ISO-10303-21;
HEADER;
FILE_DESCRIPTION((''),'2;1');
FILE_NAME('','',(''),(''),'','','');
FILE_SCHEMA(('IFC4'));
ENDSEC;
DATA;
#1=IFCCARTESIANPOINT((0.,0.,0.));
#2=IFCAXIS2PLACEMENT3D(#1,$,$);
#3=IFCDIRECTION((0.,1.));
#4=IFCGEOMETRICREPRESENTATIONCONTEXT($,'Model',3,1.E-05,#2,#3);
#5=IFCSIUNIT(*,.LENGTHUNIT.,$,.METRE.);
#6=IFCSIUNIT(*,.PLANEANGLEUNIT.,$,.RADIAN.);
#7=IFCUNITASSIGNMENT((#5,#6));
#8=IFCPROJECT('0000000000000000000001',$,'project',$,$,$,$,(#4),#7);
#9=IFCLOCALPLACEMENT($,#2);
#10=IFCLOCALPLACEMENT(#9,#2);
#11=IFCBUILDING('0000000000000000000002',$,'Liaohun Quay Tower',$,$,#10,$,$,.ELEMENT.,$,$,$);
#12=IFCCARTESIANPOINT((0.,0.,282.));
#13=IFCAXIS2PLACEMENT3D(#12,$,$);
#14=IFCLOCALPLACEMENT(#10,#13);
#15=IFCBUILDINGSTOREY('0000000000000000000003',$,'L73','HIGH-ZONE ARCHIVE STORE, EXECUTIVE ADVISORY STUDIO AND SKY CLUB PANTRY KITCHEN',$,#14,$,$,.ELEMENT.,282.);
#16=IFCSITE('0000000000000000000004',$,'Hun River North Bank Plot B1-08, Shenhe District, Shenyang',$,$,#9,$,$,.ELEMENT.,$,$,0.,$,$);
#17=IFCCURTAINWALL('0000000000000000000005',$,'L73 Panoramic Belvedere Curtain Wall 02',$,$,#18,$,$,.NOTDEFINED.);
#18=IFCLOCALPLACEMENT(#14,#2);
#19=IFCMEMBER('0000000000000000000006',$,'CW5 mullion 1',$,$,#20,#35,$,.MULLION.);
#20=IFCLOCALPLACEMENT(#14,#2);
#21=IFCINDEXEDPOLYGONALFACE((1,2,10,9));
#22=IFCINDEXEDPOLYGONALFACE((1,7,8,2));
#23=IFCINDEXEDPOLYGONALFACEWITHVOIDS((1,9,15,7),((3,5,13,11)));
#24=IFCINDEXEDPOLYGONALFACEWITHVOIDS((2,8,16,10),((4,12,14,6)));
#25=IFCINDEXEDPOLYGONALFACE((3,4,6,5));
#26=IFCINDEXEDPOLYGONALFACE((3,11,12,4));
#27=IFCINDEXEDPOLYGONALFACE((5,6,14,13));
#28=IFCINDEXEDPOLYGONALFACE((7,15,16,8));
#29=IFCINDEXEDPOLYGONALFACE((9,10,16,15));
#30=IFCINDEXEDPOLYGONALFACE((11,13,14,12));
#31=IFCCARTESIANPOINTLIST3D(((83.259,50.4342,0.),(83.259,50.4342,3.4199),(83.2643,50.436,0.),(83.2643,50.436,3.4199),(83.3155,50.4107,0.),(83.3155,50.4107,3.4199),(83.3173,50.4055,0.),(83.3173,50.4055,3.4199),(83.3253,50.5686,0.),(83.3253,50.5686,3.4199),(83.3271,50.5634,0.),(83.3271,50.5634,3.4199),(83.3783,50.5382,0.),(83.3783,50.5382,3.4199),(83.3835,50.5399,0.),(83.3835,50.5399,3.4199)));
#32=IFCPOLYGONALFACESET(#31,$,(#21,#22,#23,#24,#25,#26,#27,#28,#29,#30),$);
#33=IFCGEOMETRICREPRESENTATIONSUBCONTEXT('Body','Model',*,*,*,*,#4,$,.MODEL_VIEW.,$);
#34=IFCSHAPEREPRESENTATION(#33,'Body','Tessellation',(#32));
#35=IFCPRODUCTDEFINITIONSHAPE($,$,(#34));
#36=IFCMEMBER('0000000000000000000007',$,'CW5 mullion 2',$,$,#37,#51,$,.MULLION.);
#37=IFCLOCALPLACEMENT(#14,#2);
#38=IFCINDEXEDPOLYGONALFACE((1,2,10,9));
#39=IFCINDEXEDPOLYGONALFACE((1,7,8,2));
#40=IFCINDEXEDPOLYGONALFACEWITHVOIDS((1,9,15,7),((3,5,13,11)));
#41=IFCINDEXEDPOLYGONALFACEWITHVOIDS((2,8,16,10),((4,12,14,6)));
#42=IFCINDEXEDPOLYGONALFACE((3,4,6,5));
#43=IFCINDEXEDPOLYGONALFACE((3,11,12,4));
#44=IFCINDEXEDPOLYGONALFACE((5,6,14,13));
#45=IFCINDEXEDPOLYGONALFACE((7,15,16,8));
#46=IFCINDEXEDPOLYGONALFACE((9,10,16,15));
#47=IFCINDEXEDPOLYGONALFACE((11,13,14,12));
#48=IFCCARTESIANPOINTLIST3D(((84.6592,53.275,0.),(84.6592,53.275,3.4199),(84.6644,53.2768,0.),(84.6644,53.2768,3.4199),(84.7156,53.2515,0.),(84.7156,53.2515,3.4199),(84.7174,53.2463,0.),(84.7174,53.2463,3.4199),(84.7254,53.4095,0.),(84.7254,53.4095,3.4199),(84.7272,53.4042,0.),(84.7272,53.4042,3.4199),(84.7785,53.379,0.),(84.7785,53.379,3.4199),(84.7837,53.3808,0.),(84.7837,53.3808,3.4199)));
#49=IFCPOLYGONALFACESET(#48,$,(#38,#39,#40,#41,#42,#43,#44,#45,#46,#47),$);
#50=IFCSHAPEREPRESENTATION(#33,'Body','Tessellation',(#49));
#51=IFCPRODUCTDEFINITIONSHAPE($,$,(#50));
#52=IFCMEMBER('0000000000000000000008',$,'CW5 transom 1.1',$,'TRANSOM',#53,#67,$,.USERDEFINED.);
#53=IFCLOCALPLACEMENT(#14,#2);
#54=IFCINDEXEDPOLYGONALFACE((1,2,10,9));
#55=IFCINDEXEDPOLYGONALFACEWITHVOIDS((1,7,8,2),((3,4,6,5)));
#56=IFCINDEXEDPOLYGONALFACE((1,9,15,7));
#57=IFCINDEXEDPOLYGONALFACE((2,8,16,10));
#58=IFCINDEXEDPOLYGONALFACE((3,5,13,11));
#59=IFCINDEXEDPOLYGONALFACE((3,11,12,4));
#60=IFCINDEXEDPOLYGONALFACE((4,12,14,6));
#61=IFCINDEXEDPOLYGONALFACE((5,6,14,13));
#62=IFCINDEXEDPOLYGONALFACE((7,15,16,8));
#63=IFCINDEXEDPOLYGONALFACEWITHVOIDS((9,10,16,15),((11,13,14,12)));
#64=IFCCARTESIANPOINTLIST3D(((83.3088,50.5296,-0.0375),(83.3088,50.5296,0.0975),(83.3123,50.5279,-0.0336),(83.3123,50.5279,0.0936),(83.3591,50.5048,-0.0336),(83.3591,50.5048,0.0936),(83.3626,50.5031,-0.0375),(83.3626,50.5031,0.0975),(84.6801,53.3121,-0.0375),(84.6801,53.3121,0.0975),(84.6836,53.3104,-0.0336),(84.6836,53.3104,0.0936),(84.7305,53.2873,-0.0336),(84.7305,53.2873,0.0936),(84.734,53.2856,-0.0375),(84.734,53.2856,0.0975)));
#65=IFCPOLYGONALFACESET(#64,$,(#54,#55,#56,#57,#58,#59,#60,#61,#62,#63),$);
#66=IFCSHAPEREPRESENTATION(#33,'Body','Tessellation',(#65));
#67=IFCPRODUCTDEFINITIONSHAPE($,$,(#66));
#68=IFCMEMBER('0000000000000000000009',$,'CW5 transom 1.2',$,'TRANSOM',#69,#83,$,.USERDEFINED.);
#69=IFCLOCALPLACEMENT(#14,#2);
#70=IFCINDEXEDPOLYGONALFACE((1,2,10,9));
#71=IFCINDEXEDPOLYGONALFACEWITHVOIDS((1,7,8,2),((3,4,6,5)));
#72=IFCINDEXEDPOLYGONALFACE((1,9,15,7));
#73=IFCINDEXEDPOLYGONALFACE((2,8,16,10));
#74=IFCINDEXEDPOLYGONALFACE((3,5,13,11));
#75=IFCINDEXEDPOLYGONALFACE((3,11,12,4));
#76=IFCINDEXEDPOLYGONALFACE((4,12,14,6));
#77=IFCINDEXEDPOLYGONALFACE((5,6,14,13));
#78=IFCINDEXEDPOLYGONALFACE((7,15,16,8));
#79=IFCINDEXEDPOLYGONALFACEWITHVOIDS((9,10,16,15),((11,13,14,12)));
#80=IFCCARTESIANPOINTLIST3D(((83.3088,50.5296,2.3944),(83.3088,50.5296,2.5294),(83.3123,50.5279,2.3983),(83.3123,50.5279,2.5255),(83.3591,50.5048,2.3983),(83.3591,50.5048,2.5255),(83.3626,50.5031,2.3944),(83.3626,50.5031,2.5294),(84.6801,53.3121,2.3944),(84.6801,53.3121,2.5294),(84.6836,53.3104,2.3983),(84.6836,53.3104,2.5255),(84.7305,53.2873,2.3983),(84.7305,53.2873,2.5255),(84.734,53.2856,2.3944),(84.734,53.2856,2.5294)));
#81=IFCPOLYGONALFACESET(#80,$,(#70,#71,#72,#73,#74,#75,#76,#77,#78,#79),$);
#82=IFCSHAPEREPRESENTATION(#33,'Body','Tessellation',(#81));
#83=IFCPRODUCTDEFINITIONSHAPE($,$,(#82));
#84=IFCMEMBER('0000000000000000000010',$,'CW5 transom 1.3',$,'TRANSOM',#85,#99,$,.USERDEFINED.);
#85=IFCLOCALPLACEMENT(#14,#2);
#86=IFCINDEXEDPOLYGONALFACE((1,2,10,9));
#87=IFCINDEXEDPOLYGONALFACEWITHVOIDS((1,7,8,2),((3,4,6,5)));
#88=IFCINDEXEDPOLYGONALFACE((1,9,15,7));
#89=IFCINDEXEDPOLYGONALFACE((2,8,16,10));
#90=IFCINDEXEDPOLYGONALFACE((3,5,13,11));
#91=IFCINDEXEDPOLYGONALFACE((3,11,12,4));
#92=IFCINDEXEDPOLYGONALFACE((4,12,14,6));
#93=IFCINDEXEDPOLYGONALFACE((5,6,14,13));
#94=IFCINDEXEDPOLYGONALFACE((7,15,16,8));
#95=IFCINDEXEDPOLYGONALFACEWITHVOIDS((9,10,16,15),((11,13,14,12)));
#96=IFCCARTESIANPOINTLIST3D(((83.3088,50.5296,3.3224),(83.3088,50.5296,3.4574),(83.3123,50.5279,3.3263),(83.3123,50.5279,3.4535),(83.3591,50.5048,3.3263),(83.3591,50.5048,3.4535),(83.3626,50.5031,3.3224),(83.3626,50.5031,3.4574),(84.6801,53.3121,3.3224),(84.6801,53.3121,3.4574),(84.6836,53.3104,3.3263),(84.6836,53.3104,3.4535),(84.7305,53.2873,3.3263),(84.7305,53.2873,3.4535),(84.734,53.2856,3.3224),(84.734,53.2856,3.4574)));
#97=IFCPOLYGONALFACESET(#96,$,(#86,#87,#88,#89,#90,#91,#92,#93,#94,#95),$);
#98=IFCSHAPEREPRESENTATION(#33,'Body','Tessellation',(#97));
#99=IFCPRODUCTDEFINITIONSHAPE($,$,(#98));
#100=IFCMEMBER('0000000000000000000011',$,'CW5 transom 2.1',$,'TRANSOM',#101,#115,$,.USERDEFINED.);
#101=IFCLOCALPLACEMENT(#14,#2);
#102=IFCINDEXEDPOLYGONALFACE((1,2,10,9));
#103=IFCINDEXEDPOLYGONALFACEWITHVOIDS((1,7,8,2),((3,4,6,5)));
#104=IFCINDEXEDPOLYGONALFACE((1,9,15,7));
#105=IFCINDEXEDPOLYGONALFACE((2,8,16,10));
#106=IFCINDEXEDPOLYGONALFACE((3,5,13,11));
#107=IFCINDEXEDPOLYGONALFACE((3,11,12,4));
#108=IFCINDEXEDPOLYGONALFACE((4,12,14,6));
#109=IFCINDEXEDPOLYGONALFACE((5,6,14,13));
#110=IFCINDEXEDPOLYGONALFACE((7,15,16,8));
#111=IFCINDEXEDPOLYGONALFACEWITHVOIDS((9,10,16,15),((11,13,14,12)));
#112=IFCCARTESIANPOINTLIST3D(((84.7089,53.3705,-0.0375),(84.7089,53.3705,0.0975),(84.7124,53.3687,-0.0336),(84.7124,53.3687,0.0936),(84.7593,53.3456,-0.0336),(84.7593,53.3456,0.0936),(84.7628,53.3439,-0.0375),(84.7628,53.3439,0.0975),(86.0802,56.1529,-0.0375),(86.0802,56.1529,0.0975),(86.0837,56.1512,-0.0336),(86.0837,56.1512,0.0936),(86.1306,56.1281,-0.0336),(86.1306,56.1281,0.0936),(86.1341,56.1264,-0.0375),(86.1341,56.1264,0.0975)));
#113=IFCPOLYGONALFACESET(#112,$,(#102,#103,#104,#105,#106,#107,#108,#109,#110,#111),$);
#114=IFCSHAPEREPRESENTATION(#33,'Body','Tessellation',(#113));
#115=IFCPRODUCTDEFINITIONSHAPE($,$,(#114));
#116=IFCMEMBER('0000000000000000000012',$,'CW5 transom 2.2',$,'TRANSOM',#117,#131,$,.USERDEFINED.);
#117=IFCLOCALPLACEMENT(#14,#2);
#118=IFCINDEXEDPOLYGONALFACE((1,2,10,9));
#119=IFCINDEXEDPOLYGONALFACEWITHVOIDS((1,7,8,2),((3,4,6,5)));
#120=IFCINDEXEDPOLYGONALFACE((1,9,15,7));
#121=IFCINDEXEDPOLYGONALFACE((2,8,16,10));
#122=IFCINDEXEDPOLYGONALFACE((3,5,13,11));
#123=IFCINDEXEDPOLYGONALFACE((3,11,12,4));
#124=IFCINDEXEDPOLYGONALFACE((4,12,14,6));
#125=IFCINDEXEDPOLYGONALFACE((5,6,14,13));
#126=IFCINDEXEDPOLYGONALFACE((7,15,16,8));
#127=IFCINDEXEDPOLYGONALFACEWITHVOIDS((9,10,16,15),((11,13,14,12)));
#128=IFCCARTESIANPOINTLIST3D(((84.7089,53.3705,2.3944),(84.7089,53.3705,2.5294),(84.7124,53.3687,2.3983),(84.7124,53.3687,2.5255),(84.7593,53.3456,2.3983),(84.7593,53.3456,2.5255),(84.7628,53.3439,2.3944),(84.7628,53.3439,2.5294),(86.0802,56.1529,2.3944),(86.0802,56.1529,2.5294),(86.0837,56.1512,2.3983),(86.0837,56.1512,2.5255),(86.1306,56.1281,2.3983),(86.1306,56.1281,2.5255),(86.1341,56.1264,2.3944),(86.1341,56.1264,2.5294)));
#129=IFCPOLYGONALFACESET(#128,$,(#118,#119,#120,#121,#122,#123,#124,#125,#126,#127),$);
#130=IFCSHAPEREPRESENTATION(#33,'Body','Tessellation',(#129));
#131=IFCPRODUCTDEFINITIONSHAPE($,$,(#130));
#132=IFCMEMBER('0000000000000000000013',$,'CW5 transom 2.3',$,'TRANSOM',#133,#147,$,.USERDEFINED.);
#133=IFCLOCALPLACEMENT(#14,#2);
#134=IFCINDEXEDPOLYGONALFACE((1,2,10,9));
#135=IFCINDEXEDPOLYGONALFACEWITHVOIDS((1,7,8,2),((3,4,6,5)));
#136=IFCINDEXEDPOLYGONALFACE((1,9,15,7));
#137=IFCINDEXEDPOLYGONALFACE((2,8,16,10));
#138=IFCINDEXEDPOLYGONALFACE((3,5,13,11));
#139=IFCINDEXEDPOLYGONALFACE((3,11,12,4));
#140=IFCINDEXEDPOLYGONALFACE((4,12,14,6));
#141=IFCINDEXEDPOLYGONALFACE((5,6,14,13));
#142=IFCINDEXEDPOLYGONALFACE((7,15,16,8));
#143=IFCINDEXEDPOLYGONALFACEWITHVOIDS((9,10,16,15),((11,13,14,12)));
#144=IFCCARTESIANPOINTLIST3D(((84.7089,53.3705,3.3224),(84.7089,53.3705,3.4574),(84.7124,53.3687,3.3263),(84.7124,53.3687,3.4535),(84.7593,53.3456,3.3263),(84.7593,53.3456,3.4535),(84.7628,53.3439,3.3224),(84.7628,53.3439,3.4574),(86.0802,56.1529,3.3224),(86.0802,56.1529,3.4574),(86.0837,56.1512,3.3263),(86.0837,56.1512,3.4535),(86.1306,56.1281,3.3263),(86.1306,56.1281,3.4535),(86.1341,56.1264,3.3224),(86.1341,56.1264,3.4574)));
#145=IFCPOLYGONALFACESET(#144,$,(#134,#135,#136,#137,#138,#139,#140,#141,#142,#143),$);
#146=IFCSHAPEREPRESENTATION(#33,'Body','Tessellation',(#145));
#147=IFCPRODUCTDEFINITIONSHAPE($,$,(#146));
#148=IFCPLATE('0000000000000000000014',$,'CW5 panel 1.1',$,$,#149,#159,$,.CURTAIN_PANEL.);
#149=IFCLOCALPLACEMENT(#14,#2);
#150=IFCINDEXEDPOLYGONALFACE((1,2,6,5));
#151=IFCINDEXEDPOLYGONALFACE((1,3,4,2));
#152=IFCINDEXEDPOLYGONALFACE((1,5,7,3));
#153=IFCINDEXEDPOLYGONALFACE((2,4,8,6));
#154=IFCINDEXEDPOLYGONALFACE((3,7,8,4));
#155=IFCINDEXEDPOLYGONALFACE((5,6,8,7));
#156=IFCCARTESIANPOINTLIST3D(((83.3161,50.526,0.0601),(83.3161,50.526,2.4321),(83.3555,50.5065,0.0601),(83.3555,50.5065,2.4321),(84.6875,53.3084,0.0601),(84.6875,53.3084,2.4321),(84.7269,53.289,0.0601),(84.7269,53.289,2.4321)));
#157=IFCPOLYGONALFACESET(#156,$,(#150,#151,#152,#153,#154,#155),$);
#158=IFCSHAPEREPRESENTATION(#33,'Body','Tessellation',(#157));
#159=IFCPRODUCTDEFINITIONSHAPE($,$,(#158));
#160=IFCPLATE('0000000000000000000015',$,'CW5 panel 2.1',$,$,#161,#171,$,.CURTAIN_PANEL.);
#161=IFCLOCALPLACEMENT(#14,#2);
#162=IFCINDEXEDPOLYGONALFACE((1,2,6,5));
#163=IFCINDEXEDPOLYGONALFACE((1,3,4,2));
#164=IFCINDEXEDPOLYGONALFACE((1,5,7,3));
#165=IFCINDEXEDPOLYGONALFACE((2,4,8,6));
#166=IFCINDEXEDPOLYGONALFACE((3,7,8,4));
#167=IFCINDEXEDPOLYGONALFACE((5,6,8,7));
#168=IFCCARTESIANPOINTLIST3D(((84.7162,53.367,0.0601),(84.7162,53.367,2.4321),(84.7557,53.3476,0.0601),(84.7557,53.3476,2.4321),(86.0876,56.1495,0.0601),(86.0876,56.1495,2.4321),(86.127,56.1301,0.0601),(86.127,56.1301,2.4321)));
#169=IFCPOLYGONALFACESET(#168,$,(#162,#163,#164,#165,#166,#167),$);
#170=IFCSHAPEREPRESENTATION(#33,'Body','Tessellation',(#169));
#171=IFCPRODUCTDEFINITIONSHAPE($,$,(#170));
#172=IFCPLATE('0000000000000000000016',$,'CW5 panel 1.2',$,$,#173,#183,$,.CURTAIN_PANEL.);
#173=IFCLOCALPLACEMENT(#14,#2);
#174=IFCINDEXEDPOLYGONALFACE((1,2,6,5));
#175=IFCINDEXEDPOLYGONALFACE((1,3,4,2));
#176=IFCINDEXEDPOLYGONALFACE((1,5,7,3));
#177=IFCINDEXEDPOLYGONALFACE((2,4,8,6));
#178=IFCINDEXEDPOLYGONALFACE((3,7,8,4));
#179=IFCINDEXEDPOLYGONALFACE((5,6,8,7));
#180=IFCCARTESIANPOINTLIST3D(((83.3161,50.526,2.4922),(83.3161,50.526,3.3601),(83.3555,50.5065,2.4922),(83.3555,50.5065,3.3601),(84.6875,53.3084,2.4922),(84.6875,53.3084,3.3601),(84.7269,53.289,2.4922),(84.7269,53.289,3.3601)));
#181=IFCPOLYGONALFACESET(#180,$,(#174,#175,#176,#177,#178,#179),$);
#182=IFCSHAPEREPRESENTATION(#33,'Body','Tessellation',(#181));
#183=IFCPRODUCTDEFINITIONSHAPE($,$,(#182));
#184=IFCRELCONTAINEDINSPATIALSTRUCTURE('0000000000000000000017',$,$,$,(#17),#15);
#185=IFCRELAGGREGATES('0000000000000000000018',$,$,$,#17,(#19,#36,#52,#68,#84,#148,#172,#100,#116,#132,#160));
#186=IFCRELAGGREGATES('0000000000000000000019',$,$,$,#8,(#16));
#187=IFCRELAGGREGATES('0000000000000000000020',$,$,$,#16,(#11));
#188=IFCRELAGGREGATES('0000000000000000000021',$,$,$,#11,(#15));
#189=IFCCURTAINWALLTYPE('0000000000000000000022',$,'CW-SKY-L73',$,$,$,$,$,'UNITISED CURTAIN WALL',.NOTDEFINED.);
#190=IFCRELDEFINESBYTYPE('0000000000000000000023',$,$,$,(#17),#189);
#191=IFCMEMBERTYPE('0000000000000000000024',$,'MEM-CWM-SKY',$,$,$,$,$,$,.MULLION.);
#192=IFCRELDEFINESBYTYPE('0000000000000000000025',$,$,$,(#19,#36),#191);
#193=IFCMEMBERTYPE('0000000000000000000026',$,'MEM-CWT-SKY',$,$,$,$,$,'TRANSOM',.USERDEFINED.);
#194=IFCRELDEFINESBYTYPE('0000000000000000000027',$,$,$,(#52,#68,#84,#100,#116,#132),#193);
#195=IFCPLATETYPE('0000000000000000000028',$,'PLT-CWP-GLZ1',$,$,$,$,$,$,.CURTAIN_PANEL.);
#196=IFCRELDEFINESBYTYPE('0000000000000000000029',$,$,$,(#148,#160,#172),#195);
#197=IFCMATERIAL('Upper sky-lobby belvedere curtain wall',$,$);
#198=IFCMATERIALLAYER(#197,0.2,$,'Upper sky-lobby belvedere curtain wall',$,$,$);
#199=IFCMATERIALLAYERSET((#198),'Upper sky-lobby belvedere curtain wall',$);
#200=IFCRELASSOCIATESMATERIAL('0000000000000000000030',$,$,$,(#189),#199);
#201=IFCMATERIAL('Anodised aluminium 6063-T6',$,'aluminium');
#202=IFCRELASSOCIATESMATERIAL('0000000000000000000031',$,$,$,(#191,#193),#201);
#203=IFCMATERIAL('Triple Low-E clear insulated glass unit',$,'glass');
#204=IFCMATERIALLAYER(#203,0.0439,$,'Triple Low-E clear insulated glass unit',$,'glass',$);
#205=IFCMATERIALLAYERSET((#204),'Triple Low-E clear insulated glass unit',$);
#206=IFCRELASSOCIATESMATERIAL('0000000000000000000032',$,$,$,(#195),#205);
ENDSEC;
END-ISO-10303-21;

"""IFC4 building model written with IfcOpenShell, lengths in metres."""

from ifc_helpers import new_model, si_unit, direction, frame, origin, origin_2d, place, context, subcontext, project, spatial, rectangle, hollow_rectangle, extrude, source, transform, mapped, material, layer, layer_set, material_profile, profile_set, type_object, element, aggregate, save


model = new_model("IFC4")

# Units and contexts
model_context = context("Model", 3, precision=1e-05, world=origin(), true_north=direction((0.0, 1.0)))
body_context = subcontext(model_context, "Body", "Model", "MODEL_VIEW")
ifc_project = project(units=[si_unit("LENGTHUNIT", "METRE"), si_unit("PLANEANGLEUNIT", "RADIAN")], contexts=[model_context])

# Site, building, storey
site_placement = place(None, origin())
site = spatial("IfcSite", under=ifc_project, at=site_placement, Name="Hun River North Bank Plot B1-08, Shenhe District, Shenyang", CompositionType="ELEMENT", RefElevation=0.0)
building_placement = place(site_placement, origin())
building = spatial("IfcBuilding", under=site, at=building_placement, Name="Liaohun Quay Tower", CompositionType="ELEMENT")
storey_placement = place(building_placement, frame((0.0, 0.0, 282.0)))
storey = spatial("IfcBuildingStorey", under=building, at=storey_placement, Name="L73", Description="HIGH-ZONE ARCHIVE STORE, EXECUTIVE ADVISORY STUDIO AND SKY CLUB PANTRY KITCHEN", CompositionType="ELEMENT", Elevation=282.0)

# Curtain wall, members, plates
ifc_material_1 = material(Name="Upper sky-lobby belvedere curtain wall")
ifc_layer_1 = layer(ifc_material_1, 0.2, Name="Upper sky-lobby belvedere curtain wall")
ifc_layer_set_1 = layer_set([ifc_layer_1], Name="Upper sky-lobby belvedere curtain wall")
curtain_wall_type = type_object("IfcCurtainWallType", Name="CW-SKY-L73", ElementType="UNITISED CURTAIN WALL", PredefinedType="NOTDEFINED", material=ifc_layer_set_1)
curtain_wall_placement = place(storey_placement, origin())
curtain_wall = element("IfcCurtainWall", 1, at=curtain_wall_placement, inside=storey, type_object=curtain_wall_type, Name="L73 Panoramic Belvedere Curtain Wall 02", PredefinedType="NOTDEFINED")
ifc_material_2 = material(Name="Anodised aluminium 6063-T6", Category="aluminium")
ifc_material_profile_1 = material_profile(ifc_material_2, hollow_rectangle(XDim=0.0649, YDim=0.1499, WallThickness=0.0039, at=origin_2d()), Name="RHS150x65x4")
ifc_profile_set_1 = profile_set([ifc_material_profile_1], Name="Anodised aluminium 6063-T6")
member_type_1 = type_object("IfcMemberType", Name="MEM-CWM-SKY", PredefinedType="MULLION", material=ifc_profile_set_1)
shared_shape_1 = source(origin(), body_context, "Body", "SweptSolid", [
    extrude(hollow_rectangle(XDim=0.0649, YDim=0.1499, WallThickness=0.0039, at=origin_2d()), origin(), (0.0, 0.0, 1.0), 3.4199),
])
member_1_placement = place(storey_placement, frame((83.3213, 50.4871, 0.0), z_axis=(0.0, 0.0, 1.0), x_axis=(-0.896975, 0.442081, 0.0)))
member_1 = element("IfcMember", 2, at=member_1_placement, type_object=member_type_1, Name="CW5 mullion 1", PredefinedType="MULLION", context=body_context, shape_type="MappedRepresentation", body=[
    mapped(shared_shape_1, transform((0.0, 0.0, 0.0), x_axis=(1.0, 0.0, 0.0), y_axis=(0.0, 1.0, 0.0), z_axis=(0.0, 0.0, 1.0), scale=1.0)),
])
member_2_placement = place(storey_placement, frame((84.7214, 53.3279, 0.0), z_axis=(0.0, 0.0, 1.0), x_axis=(-0.896975, 0.442081, 0.0)))
member_2 = element("IfcMember", 3, at=member_2_placement, type_object=member_type_1, Name="CW5 mullion 2", PredefinedType="MULLION", context=body_context, shape_type="MappedRepresentation", body=[
    mapped(shared_shape_1, transform((0.0, 0.0, 0.0), x_axis=(1.0, 0.0, 0.0), y_axis=(0.0, 1.0, 0.0), z_axis=(0.0, 0.0, 1.0), scale=1.0)),
])
ifc_material_profile_2 = material_profile(ifc_material_2, hollow_rectangle(XDim=0.0601, YDim=0.135, WallThickness=0.0039, at=origin_2d()), Name="RHS135x60x4")
ifc_profile_set_2 = profile_set([ifc_material_profile_2], Name="Anodised aluminium 6063-T6")
member_type_2 = type_object("IfcMemberType", Name="MEM-CWT-SKY", ElementType="TRANSOM", PredefinedType="USERDEFINED", material=ifc_profile_set_2)
shared_shape_2 = source(origin(), body_context, "Body", "SweptSolid", [
    extrude(hollow_rectangle(XDim=0.0601, YDim=0.135, WallThickness=0.0039, at=origin_2d()), origin(), (0.0, 0.0, 1.0), 3.1021),
])
member_3_placement = place(storey_placement, frame((83.3357, 50.5164, 0.03), z_axis=(0.442075, 0.896978, 0.0), x_axis=(-0.896978, 0.442075, 0.0)))
member_3 = element("IfcMember", 4, at=member_3_placement, type_object=member_type_2, Name="CW5 transom 1.1", ObjectType="TRANSOM", PredefinedType="USERDEFINED", context=body_context, shape_type="MappedRepresentation", body=[
    mapped(shared_shape_2, transform((0.0, 0.0, 0.0), x_axis=(1.0, 0.0, 0.0), y_axis=(0.0, 1.0, 0.0), z_axis=(0.0, 0.0, 1.0), scale=1.0)),
])
member_4_placement = place(storey_placement, frame((83.3357, 50.5164, 2.4619), z_axis=(0.442075, 0.896978, 0.0), x_axis=(-0.896978, 0.442075, 0.0)))
member_4 = element("IfcMember", 5, at=member_4_placement, type_object=member_type_2, Name="CW5 transom 1.2", ObjectType="TRANSOM", PredefinedType="USERDEFINED", context=body_context, shape_type="MappedRepresentation", body=[
    mapped(shared_shape_2, transform((0.0, 0.0, 0.0), x_axis=(1.0, 0.0, 0.0), y_axis=(0.0, 1.0, 0.0), z_axis=(0.0, 0.0, 1.0), scale=1.0)),
])
member_5_placement = place(storey_placement, frame((83.3357, 50.5164, 3.3899), z_axis=(0.442075, 0.896978, 0.0), x_axis=(-0.896978, 0.442075, 0.0)))
member_5 = element("IfcMember", 6, at=member_5_placement, type_object=member_type_2, Name="CW5 transom 1.3", ObjectType="TRANSOM", PredefinedType="USERDEFINED", context=body_context, shape_type="MappedRepresentation", body=[
    mapped(shared_shape_2, transform((0.0, 0.0, 0.0), x_axis=(1.0, 0.0, 0.0), y_axis=(0.0, 1.0, 0.0), z_axis=(0.0, 0.0, 1.0), scale=1.0)),
])
member_6_placement = place(storey_placement, frame((84.7358, 53.3572, 0.03), z_axis=(0.442075, 0.896978, 0.0), x_axis=(-0.896978, 0.442075, 0.0)))
member_6 = element("IfcMember", 7, at=member_6_placement, type_object=member_type_2, Name="CW5 transom 2.1", ObjectType="TRANSOM", PredefinedType="USERDEFINED", context=body_context, shape_type="MappedRepresentation", body=[
    mapped(shared_shape_2, transform((0.0, 0.0, 0.0), x_axis=(1.0, 0.0, 0.0), y_axis=(0.0, 1.0, 0.0), z_axis=(0.0, 0.0, 1.0), scale=1.0)),
])
member_7_placement = place(storey_placement, frame((84.7358, 53.3572, 2.4619), z_axis=(0.442075, 0.896978, 0.0), x_axis=(-0.896978, 0.442075, 0.0)))
member_7 = element("IfcMember", 8, at=member_7_placement, type_object=member_type_2, Name="CW5 transom 2.2", ObjectType="TRANSOM", PredefinedType="USERDEFINED", context=body_context, shape_type="MappedRepresentation", body=[
    mapped(shared_shape_2, transform((0.0, 0.0, 0.0), x_axis=(1.0, 0.0, 0.0), y_axis=(0.0, 1.0, 0.0), z_axis=(0.0, 0.0, 1.0), scale=1.0)),
])
member_8_placement = place(storey_placement, frame((84.7358, 53.3572, 3.3899), z_axis=(0.442075, 0.896978, 0.0), x_axis=(-0.896978, 0.442075, 0.0)))
member_8 = element("IfcMember", 9, at=member_8_placement, type_object=member_type_2, Name="CW5 transom 2.3", ObjectType="TRANSOM", PredefinedType="USERDEFINED", context=body_context, shape_type="MappedRepresentation", body=[
    mapped(shared_shape_2, transform((0.0, 0.0, 0.0), x_axis=(1.0, 0.0, 0.0), y_axis=(0.0, 1.0, 0.0), z_axis=(0.0, 0.0, 1.0), scale=1.0)),
])
ifc_material_3 = material(Name="Triple Low-E clear insulated glass unit", Category="glass")
ifc_layer_2 = layer(ifc_material_3, 0.0439, Name="Triple Low-E clear insulated glass unit", Category="glass")
ifc_layer_set_2 = layer_set([ifc_layer_2], Name="Triple Low-E clear insulated glass unit")
plate_type = type_object("IfcPlateType", Name="PLT-CWP-GLZ1", PredefinedType="CURTAIN_PANEL", material=ifc_layer_set_2)
shared_shape_3 = source(origin(), body_context, "Body", "SweptSolid", [
    extrude(rectangle(XDim=3.1021, YDim=0.0439, at=origin_2d()), origin(), (0.0, 0.0, 1.0), 2.3721),
])
plate_1_placement = place(storey_placement, frame((84.0215, 51.9075, 0.0601), z_axis=(0.0, 0.0, 1.0), x_axis=(0.442081, 0.896975, 0.0)))
plate_1 = element("IfcPlate", 10, at=plate_1_placement, type_object=plate_type, Name="CW5 panel 1.1", PredefinedType="CURTAIN_PANEL", context=body_context, shape_type="MappedRepresentation", body=[
    mapped(shared_shape_3, transform((0.0, 0.0, 0.0), x_axis=(1.0, 0.0, 0.0), y_axis=(0.0, 1.0, 0.0), z_axis=(0.0, 0.0, 1.0), scale=1.0)),
])
plate_2_placement = place(storey_placement, frame((85.4216, 54.7485, 0.0601), z_axis=(0.0, 0.0, 1.0), x_axis=(0.442081, 0.896975, 0.0)))
plate_2 = element("IfcPlate", 11, at=plate_2_placement, type_object=plate_type, Name="CW5 panel 2.1", PredefinedType="CURTAIN_PANEL", context=body_context, shape_type="MappedRepresentation", body=[
    mapped(shared_shape_3, transform((0.0, 0.0, 0.0), x_axis=(1.0, 0.0, 0.0), y_axis=(0.0, 1.0, 0.0), z_axis=(0.0, 0.0, 1.0), scale=1.0)),
])
shared_shape_4 = source(origin(), body_context, "Body", "SweptSolid", [
    extrude(rectangle(XDim=3.1021, YDim=0.0439, at=origin_2d()), origin(), (0.0, 0.0, 1.0), 0.8679),
])
plate_3_placement = place(storey_placement, frame((84.0215, 51.9075, 2.4922), z_axis=(0.0, 0.0, 1.0), x_axis=(0.442081, 0.896975, 0.0)))
plate_3 = element("IfcPlate", 12, at=plate_3_placement, type_object=plate_type, Name="CW5 panel 1.2", PredefinedType="CURTAIN_PANEL", context=body_context, shape_type="MappedRepresentation", body=[
    mapped(shared_shape_4, transform((0.0, 0.0, 0.0), x_axis=(1.0, 0.0, 0.0), y_axis=(0.0, 1.0, 0.0), z_axis=(0.0, 0.0, 1.0), scale=1.0)),
])
aggregate(curtain_wall, [member_1, member_2, member_3, member_4, member_5, plate_1, plate_3, member_6, member_7, member_8, plate_2])

save(model, "model.ifc")
